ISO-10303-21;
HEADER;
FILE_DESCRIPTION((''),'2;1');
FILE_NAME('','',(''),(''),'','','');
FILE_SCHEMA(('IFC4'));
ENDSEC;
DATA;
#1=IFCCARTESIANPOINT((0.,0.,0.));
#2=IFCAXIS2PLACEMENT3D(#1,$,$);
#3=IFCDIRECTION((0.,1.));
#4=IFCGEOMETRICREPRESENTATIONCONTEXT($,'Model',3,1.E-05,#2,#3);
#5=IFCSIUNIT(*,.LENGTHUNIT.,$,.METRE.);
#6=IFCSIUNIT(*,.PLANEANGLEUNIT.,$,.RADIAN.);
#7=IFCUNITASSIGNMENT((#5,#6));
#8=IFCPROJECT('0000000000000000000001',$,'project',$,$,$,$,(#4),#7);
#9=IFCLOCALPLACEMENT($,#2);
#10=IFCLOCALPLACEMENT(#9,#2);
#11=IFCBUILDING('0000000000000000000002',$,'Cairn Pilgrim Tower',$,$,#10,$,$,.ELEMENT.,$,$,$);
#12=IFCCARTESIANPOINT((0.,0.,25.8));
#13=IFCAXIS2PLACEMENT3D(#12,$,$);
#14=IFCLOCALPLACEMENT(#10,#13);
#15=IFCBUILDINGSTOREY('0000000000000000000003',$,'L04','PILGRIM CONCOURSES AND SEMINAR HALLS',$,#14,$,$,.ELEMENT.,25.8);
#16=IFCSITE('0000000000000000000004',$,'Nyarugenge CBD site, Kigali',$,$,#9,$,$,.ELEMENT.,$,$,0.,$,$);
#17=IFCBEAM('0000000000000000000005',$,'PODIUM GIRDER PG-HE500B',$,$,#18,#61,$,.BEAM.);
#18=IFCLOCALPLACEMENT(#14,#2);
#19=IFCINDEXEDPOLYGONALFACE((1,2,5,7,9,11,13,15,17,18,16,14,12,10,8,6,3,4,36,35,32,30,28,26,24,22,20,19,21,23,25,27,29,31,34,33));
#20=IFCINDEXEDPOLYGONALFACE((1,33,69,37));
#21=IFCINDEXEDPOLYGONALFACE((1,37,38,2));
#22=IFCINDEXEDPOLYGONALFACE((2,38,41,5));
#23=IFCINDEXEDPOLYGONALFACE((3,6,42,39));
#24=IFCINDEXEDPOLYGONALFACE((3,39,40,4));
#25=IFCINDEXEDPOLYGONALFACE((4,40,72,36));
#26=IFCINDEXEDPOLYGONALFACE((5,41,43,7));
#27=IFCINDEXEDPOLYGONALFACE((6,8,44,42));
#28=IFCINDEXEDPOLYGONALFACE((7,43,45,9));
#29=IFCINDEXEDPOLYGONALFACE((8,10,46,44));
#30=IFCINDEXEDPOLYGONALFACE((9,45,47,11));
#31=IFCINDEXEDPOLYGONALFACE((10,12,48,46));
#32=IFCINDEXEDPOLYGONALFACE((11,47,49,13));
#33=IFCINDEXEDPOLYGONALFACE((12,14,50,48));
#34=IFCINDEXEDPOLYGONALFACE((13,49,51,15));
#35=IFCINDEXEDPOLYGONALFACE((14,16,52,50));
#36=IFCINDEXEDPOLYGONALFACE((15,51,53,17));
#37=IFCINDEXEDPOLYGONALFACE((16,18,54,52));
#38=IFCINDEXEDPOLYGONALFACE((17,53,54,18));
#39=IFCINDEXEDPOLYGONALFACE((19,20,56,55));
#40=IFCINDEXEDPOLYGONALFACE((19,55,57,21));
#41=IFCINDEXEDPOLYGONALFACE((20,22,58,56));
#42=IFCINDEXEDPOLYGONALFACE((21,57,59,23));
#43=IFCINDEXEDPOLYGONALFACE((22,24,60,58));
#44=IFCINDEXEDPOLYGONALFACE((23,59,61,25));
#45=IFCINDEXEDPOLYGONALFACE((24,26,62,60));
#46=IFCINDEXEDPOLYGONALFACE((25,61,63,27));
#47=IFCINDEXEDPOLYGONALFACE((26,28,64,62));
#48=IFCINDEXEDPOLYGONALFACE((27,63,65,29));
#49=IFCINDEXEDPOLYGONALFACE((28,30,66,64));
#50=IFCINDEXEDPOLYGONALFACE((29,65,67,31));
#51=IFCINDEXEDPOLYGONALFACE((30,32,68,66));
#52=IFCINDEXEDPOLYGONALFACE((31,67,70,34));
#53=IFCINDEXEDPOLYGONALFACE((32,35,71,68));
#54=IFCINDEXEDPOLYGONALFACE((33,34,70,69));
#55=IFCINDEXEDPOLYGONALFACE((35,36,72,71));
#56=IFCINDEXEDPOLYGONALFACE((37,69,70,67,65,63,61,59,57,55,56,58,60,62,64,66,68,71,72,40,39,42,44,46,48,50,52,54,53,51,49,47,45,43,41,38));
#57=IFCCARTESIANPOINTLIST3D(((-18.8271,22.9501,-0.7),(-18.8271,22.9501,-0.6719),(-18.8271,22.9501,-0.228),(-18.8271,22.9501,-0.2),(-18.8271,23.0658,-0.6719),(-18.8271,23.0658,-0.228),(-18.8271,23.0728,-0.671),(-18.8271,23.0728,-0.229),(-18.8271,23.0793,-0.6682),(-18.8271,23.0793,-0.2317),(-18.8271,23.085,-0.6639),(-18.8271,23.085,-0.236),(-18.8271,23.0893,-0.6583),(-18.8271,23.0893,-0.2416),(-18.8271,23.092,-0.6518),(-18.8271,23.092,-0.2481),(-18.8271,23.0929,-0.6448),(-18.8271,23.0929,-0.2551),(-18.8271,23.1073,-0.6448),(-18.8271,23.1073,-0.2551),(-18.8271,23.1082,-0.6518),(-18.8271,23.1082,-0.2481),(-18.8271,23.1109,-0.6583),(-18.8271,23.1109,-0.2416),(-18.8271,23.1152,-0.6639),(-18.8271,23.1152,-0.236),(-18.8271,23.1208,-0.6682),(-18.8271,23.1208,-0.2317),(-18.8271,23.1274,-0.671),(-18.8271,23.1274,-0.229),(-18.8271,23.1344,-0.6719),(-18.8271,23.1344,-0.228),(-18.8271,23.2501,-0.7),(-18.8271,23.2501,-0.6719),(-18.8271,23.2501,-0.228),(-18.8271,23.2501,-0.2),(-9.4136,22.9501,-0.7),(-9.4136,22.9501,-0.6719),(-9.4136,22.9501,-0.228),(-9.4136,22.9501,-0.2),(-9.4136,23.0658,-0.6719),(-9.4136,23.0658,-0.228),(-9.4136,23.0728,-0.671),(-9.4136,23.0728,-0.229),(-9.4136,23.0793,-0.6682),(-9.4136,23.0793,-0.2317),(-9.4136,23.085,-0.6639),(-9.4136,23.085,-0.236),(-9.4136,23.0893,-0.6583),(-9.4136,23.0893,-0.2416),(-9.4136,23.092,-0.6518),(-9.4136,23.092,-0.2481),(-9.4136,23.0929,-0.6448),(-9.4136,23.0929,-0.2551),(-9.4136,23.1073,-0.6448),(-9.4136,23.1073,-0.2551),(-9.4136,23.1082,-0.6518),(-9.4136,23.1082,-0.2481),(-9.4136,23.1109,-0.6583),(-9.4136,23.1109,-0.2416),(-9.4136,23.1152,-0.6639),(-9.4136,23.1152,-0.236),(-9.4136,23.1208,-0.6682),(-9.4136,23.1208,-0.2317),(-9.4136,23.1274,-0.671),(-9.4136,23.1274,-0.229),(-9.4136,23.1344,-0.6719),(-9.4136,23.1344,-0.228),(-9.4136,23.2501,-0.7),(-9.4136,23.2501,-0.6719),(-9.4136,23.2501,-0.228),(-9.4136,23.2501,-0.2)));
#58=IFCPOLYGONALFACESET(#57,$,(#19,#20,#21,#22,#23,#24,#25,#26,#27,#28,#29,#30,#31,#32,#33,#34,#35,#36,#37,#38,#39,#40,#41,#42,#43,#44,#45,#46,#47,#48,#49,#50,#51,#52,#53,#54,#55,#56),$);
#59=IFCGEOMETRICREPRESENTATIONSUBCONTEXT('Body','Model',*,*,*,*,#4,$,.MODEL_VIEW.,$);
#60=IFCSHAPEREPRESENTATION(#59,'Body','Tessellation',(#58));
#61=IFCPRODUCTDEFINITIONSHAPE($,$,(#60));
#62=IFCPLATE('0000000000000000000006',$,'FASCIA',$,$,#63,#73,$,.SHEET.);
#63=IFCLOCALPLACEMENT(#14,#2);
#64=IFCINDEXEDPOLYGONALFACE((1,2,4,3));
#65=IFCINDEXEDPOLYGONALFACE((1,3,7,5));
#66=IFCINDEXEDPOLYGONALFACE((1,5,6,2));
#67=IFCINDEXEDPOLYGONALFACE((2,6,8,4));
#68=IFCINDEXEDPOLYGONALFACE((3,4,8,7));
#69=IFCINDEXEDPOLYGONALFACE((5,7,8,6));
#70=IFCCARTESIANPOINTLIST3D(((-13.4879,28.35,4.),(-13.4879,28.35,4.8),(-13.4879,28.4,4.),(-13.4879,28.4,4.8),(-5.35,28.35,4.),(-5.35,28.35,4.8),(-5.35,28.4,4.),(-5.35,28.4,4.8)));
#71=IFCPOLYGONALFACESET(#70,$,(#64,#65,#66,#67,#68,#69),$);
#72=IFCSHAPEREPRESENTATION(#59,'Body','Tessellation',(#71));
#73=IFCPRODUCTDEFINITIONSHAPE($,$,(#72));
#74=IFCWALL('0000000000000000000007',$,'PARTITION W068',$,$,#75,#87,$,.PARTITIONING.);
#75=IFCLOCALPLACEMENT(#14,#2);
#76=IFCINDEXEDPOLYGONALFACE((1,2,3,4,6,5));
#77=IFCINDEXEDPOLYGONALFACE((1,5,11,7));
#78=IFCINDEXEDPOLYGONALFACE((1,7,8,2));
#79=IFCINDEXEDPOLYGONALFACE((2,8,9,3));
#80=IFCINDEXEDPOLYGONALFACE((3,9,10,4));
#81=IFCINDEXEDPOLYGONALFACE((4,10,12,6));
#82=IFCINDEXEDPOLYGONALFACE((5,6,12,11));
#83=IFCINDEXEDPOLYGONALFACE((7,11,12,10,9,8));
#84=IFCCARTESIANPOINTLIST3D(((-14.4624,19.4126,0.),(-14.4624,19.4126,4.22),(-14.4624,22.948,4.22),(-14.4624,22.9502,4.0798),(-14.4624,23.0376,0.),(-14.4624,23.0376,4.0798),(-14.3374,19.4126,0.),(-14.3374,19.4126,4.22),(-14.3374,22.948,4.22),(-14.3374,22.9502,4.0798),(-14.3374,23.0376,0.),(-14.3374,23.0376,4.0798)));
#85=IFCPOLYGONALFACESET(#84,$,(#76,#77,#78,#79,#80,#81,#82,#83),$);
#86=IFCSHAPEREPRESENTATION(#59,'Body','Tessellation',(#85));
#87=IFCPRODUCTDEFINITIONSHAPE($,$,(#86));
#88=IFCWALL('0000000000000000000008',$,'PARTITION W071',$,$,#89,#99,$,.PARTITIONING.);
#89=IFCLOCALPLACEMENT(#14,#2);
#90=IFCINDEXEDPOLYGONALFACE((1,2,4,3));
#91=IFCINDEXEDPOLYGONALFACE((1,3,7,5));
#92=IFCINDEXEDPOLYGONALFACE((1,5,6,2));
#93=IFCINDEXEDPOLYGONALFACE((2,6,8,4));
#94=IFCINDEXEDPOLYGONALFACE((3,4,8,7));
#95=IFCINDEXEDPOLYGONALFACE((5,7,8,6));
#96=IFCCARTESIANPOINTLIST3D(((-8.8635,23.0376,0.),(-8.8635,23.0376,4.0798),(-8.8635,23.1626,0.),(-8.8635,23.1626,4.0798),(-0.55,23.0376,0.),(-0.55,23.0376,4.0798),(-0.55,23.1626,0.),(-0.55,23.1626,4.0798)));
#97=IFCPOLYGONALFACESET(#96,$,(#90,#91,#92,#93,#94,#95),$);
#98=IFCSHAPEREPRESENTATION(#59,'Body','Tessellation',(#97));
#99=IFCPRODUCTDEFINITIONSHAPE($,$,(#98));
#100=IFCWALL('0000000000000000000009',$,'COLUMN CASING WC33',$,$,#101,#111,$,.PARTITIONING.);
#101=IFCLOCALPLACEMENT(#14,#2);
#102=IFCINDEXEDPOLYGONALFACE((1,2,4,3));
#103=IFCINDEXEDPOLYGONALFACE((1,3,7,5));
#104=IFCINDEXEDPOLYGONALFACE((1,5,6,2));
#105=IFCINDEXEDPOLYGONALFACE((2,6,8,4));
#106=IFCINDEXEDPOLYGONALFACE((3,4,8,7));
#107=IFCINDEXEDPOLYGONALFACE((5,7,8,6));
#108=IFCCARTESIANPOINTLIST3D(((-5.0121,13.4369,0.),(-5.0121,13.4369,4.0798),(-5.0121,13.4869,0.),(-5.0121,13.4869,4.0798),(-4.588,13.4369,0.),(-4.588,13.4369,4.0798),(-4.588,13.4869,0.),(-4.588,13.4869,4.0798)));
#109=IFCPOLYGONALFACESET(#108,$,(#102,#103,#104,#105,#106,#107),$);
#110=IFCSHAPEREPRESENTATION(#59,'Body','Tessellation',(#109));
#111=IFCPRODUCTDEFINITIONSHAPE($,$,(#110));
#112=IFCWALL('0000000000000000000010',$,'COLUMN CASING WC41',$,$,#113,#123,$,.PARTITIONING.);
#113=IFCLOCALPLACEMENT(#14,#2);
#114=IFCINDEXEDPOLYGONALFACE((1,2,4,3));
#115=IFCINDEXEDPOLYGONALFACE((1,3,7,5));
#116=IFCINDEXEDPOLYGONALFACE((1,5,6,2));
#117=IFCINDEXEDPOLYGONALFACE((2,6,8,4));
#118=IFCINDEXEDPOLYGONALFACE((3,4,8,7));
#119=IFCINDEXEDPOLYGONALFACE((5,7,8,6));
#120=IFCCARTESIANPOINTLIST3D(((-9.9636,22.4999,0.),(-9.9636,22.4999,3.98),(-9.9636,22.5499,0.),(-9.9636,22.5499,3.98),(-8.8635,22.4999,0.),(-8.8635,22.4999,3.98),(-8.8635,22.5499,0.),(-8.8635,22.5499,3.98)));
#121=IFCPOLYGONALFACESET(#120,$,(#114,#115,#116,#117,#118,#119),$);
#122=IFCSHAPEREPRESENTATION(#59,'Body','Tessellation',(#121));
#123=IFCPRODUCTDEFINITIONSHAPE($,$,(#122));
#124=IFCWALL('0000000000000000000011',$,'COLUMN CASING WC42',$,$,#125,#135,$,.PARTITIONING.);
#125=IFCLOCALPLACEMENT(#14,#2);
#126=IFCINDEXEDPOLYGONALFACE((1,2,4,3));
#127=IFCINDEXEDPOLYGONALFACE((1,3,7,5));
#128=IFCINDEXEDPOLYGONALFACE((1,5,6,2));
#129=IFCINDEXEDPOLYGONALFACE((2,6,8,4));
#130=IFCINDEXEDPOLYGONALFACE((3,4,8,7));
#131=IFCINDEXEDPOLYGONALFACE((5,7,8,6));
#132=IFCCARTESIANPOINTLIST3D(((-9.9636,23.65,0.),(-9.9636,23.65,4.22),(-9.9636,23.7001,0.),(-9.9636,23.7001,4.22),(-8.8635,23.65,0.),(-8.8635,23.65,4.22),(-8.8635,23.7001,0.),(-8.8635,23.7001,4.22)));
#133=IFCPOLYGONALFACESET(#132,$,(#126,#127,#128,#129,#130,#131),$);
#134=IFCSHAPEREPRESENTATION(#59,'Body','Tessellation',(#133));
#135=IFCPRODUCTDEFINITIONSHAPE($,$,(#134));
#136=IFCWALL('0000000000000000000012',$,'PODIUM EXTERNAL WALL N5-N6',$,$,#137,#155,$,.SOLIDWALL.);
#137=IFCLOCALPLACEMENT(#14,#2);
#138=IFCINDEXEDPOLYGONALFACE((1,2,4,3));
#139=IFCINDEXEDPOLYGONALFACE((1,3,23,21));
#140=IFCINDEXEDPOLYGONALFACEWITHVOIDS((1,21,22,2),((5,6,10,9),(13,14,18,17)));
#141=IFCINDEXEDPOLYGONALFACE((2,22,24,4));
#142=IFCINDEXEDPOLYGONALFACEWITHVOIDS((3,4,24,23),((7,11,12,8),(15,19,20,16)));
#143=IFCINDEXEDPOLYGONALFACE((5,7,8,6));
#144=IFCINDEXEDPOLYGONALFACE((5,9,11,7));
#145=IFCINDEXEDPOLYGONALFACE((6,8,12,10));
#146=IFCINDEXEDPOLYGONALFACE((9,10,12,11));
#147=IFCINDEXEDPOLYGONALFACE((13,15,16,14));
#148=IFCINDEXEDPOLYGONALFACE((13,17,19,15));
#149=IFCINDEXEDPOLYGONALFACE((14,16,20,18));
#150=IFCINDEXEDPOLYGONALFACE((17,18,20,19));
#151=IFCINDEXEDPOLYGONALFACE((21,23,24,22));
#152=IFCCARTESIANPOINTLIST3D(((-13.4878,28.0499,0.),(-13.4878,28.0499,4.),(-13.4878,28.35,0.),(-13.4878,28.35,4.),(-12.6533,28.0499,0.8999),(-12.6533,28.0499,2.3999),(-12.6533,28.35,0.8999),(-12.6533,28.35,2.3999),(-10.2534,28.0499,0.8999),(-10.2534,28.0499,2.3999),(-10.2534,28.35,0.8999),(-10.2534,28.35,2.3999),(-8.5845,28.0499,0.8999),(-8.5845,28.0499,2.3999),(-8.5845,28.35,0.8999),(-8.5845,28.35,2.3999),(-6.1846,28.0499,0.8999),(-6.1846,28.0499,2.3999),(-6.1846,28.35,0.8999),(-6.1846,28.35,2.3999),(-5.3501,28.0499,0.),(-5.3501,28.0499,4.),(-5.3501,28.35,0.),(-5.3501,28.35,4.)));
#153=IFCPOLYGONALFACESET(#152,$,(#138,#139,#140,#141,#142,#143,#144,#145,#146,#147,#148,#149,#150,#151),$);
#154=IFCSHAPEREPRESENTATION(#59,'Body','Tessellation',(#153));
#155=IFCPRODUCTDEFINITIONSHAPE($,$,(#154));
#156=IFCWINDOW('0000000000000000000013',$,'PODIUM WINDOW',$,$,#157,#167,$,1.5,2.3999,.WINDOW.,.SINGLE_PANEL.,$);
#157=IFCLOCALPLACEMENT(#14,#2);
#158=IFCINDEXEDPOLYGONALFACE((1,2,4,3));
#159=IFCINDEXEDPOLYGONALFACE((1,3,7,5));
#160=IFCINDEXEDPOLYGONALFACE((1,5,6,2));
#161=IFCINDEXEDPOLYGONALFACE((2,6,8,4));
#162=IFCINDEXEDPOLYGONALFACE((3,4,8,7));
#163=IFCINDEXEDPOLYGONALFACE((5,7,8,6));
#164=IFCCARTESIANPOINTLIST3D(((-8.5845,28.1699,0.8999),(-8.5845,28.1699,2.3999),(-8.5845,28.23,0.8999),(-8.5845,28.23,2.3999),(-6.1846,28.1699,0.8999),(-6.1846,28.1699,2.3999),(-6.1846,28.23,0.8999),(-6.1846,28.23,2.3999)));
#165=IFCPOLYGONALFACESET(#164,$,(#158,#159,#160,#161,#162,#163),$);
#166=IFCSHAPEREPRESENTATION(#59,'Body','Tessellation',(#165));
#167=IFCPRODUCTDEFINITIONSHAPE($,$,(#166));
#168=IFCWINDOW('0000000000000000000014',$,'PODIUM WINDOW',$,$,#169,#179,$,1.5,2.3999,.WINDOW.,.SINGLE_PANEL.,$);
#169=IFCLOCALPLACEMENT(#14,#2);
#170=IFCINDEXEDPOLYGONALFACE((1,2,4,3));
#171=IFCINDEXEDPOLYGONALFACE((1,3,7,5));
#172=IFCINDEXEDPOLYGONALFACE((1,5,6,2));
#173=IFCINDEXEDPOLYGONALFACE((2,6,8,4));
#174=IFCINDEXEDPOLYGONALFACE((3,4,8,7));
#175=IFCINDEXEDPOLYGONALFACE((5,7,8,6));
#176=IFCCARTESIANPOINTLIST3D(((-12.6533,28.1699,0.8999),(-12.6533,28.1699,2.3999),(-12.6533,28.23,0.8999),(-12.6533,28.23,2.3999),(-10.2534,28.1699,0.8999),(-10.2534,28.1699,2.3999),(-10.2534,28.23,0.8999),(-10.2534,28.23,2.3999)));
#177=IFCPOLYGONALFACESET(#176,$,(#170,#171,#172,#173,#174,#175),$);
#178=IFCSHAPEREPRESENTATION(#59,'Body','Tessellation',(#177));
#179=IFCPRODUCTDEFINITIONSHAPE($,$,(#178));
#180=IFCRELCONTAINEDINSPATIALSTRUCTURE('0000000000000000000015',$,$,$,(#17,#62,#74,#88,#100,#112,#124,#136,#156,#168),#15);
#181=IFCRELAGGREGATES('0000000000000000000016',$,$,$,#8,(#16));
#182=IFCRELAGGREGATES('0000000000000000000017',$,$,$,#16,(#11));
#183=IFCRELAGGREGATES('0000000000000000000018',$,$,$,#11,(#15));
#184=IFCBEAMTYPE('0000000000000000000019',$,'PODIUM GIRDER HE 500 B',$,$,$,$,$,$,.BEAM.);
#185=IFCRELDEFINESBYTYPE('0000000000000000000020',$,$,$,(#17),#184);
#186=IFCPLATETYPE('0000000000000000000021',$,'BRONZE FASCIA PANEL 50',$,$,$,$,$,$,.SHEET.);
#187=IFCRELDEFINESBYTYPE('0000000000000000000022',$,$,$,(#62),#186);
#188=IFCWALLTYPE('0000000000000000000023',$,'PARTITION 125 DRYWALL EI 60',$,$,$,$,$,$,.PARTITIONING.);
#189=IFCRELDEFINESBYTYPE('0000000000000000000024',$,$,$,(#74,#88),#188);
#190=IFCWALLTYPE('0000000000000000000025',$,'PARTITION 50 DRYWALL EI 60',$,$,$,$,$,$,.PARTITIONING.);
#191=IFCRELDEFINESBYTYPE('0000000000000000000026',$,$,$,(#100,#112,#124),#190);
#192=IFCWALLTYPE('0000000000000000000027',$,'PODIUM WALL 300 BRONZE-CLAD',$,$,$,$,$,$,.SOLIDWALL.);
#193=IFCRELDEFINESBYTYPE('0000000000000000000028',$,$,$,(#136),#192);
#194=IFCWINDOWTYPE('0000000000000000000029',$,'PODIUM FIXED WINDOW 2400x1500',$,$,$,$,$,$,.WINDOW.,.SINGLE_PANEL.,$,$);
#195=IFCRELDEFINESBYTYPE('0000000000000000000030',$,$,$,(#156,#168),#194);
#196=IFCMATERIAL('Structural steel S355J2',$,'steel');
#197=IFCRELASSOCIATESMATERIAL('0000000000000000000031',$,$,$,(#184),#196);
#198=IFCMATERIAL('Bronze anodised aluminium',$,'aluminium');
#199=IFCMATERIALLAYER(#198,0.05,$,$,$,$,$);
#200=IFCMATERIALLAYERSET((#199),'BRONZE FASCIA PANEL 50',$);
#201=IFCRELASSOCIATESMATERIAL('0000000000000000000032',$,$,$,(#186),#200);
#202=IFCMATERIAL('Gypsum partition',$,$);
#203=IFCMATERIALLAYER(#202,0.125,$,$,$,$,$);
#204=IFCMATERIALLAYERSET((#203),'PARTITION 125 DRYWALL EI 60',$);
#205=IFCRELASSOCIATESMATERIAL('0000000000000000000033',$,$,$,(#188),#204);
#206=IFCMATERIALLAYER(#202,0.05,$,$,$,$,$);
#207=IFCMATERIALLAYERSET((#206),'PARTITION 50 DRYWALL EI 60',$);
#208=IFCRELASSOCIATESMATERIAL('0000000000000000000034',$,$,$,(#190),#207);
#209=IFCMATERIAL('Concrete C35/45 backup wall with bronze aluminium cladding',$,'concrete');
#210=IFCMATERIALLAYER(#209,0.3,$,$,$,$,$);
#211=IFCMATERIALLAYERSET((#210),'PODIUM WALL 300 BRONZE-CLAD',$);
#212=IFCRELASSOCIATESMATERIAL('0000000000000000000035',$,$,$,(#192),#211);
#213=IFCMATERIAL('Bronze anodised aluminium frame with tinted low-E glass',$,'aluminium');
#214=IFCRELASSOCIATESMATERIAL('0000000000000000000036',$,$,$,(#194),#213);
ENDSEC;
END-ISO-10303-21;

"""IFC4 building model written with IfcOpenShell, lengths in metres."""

from ifc_helpers import new_model, si_unit, direction, frame, frame_2d, origin, origin_2d, place, context, subcontext, project, spatial, polyline, rectangle, i_section, outline, extrude, material, layer, layer_set, material_profile, profile_set, type_object, element, fill, save


model = new_model("IFC4")

# Units and contexts
model_context = context("Model", 3, precision=1e-05, world=origin(), true_north=direction((0.0, 1.0)))
body_context = subcontext(model_context, "Body", "Model", "MODEL_VIEW")
ifc_project = project(units=[si_unit("LENGTHUNIT", "METRE"), si_unit("PLANEANGLEUNIT", "RADIAN")], contexts=[model_context])

# Site, building, storey
site_placement = place(None, origin())
site = spatial("IfcSite", under=ifc_project, at=site_placement, Name="Nyarugenge CBD site, Kigali", CompositionType="ELEMENT", RefElevation=0.0)
building_placement = place(site_placement, origin())
building = spatial("IfcBuilding", under=site, at=building_placement, Name="Cairn Pilgrim Tower", CompositionType="ELEMENT")
storey_placement = place(building_placement, frame((0.0, 0.0, 25.8)))
storey = spatial("IfcBuildingStorey", under=building, at=storey_placement, Name="L04", Description="PILGRIM CONCOURSES AND SEMINAR HALLS", CompositionType="ELEMENT", Elevation=25.8)

# Beam
ifc_material_1 = material(Name="Structural steel S355J2", Category="steel")
ifc_material_profile_1 = material_profile(ifc_material_1, i_section(OverallWidth=0.3, OverallDepth=0.5, WebThickness=0.0144, FlangeThickness=0.0281, FilletRadius=0.0271, at=origin_2d()), Name="HEB 500")
ifc_profile_set_1 = profile_set([ifc_material_profile_1], Name="Structural steel S355J2")
beam_type_1 = type_object("IfcBeamType", Name="PODIUM GIRDER HE 500 B", PredefinedType="BEAM", material=ifc_profile_set_1)
beam_1_placement = place(storey_placement, frame((-9.4136, 23.1001, -0.45), z_axis=(-1.0, 0.0, 0.0), x_axis=(0.0, -1.0, 0.0)))
element("IfcBeam", 1, at=beam_1_placement, inside=storey, type_object=beam_type_1, Name="PODIUM GIRDER PG-HE500B", PredefinedType="BEAM", context=body_context, shape_type="SweptSolid", body=[
    extrude(i_section(OverallWidth=0.3, OverallDepth=0.5, WebThickness=0.0144, FlangeThickness=0.0281, FilletRadius=0.0271, at=origin_2d()), origin(), (0.0, 0.0, 1.0), 9.4136),
])

# Plate
ifc_material_2 = material(Name="Bronze anodised aluminium", Category="aluminium")
ifc_layer_1 = layer(ifc_material_2, 0.05)
ifc_layer_set_1 = layer_set([ifc_layer_1], Name="BRONZE FASCIA PANEL 50")
plate_type = type_object("IfcPlateType", Name="BRONZE FASCIA PANEL 50", PredefinedType="SHEET", material=ifc_layer_set_1)
plate_placement = place(storey_placement, frame((-9.4189, 28.375, 4.0), z_axis=(0.0, 0.0, 1.0), x_axis=(-1.0, 0.0, 0.0)))
element("IfcPlate", 2, at=plate_placement, inside=storey, type_object=plate_type, Name="FASCIA", PredefinedType="SHEET", context=body_context, shape_type="SweptSolid", body=[
    extrude(rectangle(XDim=8.1379, YDim=0.05, at=origin_2d()), origin(), (0.0, 0.0, 1.0), 0.8),
])

# Walls
ifc_material_3 = material(Name="Gypsum partition")
ifc_layer_2 = layer(ifc_material_3, 0.125)
ifc_layer_set_2 = layer_set([ifc_layer_2], Name="PARTITION 125 DRYWALL EI 60")
wall_type_1 = type_object("IfcWallType", Name="PARTITION 125 DRYWALL EI 60", PredefinedType="PARTITIONING", material=ifc_layer_set_2)
wall_1_placement = place(storey_placement, frame((-14.3999, 19.4126, 0.0), z_axis=(0.0, 0.0, 1.0), x_axis=(0.0, 1.0, 0.0)))
element("IfcWall", 3, at=wall_1_placement, inside=storey, type_object=wall_type_1, Name="PARTITION W068", PredefinedType="PARTITIONING", context=body_context, shape_type="SweptSolid", body=[
    extrude(outline(polyline([(0.0, 0.0), (3.625, 0.0), (3.625, 4.0798), (3.5376, 4.0798), (3.5354, 4.22), (0.0, 4.22), (0.0, 0.0)])), frame((0.0, 0.0625, 0.0), z_axis=(0.0, -1.0, 0.0), x_axis=(1.0, 0.0, 0.0)), (0.0, 0.0, 1.0), 0.125),
])
wall_2_placement = place(storey_placement, frame((-8.8635, 23.1001, 0.0), z_axis=(0.0, 0.0, 1.0), x_axis=(1.0, 0.0, 0.0)))
element("IfcWall", 4, at=wall_2_placement, inside=storey, type_object=wall_type_1, Name="PARTITION W071", PredefinedType="PARTITIONING", context=body_context, shape_type="SweptSolid", body=[
    extrude(rectangle(XDim=8.3135, YDim=0.125, at=frame_2d((4.1567, 0.0))), origin(), (0.0, 0.0, 1.0), 4.0798),
])
ifc_layer_3 = layer(ifc_material_3, 0.05)
ifc_layer_set_3 = layer_set([ifc_layer_3], Name="PARTITION 50 DRYWALL EI 60")
wall_type_2 = type_object("IfcWallType", Name="PARTITION 50 DRYWALL EI 60", PredefinedType="PARTITIONING", material=ifc_layer_set_3)
wall_3_placement = place(storey_placement, frame((-5.012, 13.4619, 0.0), z_axis=(0.0, 0.0, 1.0), x_axis=(1.0, 0.0, 0.0)))
element("IfcWall", 5, at=wall_3_placement, inside=storey, type_object=wall_type_2, Name="COLUMN CASING WC33", PredefinedType="PARTITIONING", context=body_context, shape_type="SweptSolid", body=[
    extrude(rectangle(XDim=0.4241, YDim=0.05, at=frame_2d((0.2119, 0.0))), origin(), (0.0, 0.0, 1.0), 4.0798),
])
wall_4_placement = place(storey_placement, frame((-9.9636, 22.5249, 0.0), z_axis=(0.0, 0.0, 1.0), x_axis=(1.0, 0.0, 0.0)))
element("IfcWall", 6, at=wall_4_placement, inside=storey, type_object=wall_type_2, Name="COLUMN CASING WC41", PredefinedType="PARTITIONING", context=body_context, shape_type="SweptSolid", body=[
    extrude(rectangle(XDim=1.1001, YDim=0.05, at=frame_2d((0.55, 0.0))), origin(), (0.0, 0.0, 1.0), 3.98),
])
wall_5_placement = place(storey_placement, frame((-9.9636, 23.675, 0.0), z_axis=(0.0, 0.0, 1.0), x_axis=(1.0, 0.0, 0.0)))
element("IfcWall", 7, at=wall_5_placement, inside=storey, type_object=wall_type_2, Name="COLUMN CASING WC42", PredefinedType="PARTITIONING", context=body_context, shape_type="SweptSolid", body=[
    extrude(rectangle(XDim=1.1001, YDim=0.05, at=frame_2d((0.55, 0.0))), origin(), (0.0, 0.0, 1.0), 4.22),
])

# Wall, openings, windows
ifc_material_4 = material(Name="Concrete C35/45 backup wall with bronze aluminium cladding", Category="concrete")
ifc_layer_4 = layer(ifc_material_4, 0.3)
ifc_layer_set_4 = layer_set([ifc_layer_4], Name="PODIUM WALL 300 BRONZE-CLAD")
wall_type_3 = type_object("IfcWallType", Name="PODIUM WALL 300 BRONZE-CLAD", PredefinedType="SOLIDWALL", material=ifc_layer_set_4)
wall_6_placement = place(storey_placement, frame((-5.3501, 28.2, 0.0), z_axis=(0.0, 0.0, 1.0), x_axis=(-1.0, 0.0, 0.0)))
wall_6 = element("IfcWall", 8, at=wall_6_placement, inside=storey, type_object=wall_type_3, Name="PODIUM EXTERNAL WALL N5-N6", PredefinedType="SOLIDWALL", context=body_context, shape_type="SweptSolid", body=[
    extrude(rectangle(XDim=8.1377, YDim=0.3, at=frame_2d((4.0688, 0.0))), origin(), (0.0, 0.0, 1.0), 4.0),
])
opening_1_placement = place(wall_6_placement, frame((0.8345, 0.0, 0.8999)))
opening_1 = element("IfcOpeningElement", 9, at=opening_1_placement, cuts=wall_6, PredefinedType="OPENING", context=body_context, shape_type="SweptSolid", body=[
    extrude(rectangle(XDim=2.3999, YDim=1.5, at=frame_2d((1.2, 0.75))), frame((0.0, 0.1602, 0.0), z_axis=(0.0, -1.0, 0.0), x_axis=(1.0, 0.0, 0.0)), (0.0, 0.0, 1.0), 0.3201),
])
opening_2_placement = place(wall_6_placement, frame((4.9033, 0.0, 0.8999)))
opening_2 = element("IfcOpeningElement", 10, at=opening_2_placement, cuts=wall_6, PredefinedType="OPENING", context=body_context, shape_type="SweptSolid", body=[
    extrude(rectangle(XDim=2.3999, YDim=1.5, at=frame_2d((1.2, 0.75))), frame((0.0, 0.1602, 0.0), z_axis=(0.0, -1.0, 0.0), x_axis=(1.0, 0.0, 0.0)), (0.0, 0.0, 1.0), 0.3201),
])
ifc_material_5 = material(Name="Bronze anodised aluminium frame with tinted low-E glass", Category="aluminium")
window_type = type_object("IfcWindowType", Name="PODIUM FIXED WINDOW 2400x1500", PartitioningType="SINGLE_PANEL", PredefinedType="WINDOW", material=ifc_material_5)
window_1_placement = place(opening_1_placement, origin())
window_1 = element("IfcWindow", 11, at=window_1_placement, inside=storey, type_object=window_type, Name="PODIUM WINDOW", OverallHeight=1.5, OverallWidth=2.3999, PartitioningType="SINGLE_PANEL", PredefinedType="WINDOW", context=body_context, shape_type="SweptSolid", body=[
    extrude(rectangle(XDim=2.3999, YDim=1.5, at=frame_2d((1.2, 0.75))), frame((0.0, 0.03, 0.0), z_axis=(0.0, -1.0, 0.0), x_axis=(1.0, 0.0, 0.0)), (0.0, 0.0, 1.0), 0.0601),
])
fill(opening_1, window_1)
window_2_placement = place(opening_2_placement, origin())
window_2 = element("IfcWindow", 12, at=window_2_placement, inside=storey, type_object=window_type, Name="PODIUM WINDOW", OverallHeight=1.5, OverallWidth=2.3999, PartitioningType="SINGLE_PANEL", PredefinedType="WINDOW", context=body_context, shape_type="SweptSolid", body=[
    extrude(rectangle(XDim=2.3999, YDim=1.5, at=frame_2d((1.2, 0.75))), frame((0.0, 0.03, 0.0), z_axis=(0.0, -1.0, 0.0), x_axis=(1.0, 0.0, 0.0)), (0.0, 0.0, 1.0), 0.0601),
])
fill(opening_2, window_2)

save(model, "model.ifc")
